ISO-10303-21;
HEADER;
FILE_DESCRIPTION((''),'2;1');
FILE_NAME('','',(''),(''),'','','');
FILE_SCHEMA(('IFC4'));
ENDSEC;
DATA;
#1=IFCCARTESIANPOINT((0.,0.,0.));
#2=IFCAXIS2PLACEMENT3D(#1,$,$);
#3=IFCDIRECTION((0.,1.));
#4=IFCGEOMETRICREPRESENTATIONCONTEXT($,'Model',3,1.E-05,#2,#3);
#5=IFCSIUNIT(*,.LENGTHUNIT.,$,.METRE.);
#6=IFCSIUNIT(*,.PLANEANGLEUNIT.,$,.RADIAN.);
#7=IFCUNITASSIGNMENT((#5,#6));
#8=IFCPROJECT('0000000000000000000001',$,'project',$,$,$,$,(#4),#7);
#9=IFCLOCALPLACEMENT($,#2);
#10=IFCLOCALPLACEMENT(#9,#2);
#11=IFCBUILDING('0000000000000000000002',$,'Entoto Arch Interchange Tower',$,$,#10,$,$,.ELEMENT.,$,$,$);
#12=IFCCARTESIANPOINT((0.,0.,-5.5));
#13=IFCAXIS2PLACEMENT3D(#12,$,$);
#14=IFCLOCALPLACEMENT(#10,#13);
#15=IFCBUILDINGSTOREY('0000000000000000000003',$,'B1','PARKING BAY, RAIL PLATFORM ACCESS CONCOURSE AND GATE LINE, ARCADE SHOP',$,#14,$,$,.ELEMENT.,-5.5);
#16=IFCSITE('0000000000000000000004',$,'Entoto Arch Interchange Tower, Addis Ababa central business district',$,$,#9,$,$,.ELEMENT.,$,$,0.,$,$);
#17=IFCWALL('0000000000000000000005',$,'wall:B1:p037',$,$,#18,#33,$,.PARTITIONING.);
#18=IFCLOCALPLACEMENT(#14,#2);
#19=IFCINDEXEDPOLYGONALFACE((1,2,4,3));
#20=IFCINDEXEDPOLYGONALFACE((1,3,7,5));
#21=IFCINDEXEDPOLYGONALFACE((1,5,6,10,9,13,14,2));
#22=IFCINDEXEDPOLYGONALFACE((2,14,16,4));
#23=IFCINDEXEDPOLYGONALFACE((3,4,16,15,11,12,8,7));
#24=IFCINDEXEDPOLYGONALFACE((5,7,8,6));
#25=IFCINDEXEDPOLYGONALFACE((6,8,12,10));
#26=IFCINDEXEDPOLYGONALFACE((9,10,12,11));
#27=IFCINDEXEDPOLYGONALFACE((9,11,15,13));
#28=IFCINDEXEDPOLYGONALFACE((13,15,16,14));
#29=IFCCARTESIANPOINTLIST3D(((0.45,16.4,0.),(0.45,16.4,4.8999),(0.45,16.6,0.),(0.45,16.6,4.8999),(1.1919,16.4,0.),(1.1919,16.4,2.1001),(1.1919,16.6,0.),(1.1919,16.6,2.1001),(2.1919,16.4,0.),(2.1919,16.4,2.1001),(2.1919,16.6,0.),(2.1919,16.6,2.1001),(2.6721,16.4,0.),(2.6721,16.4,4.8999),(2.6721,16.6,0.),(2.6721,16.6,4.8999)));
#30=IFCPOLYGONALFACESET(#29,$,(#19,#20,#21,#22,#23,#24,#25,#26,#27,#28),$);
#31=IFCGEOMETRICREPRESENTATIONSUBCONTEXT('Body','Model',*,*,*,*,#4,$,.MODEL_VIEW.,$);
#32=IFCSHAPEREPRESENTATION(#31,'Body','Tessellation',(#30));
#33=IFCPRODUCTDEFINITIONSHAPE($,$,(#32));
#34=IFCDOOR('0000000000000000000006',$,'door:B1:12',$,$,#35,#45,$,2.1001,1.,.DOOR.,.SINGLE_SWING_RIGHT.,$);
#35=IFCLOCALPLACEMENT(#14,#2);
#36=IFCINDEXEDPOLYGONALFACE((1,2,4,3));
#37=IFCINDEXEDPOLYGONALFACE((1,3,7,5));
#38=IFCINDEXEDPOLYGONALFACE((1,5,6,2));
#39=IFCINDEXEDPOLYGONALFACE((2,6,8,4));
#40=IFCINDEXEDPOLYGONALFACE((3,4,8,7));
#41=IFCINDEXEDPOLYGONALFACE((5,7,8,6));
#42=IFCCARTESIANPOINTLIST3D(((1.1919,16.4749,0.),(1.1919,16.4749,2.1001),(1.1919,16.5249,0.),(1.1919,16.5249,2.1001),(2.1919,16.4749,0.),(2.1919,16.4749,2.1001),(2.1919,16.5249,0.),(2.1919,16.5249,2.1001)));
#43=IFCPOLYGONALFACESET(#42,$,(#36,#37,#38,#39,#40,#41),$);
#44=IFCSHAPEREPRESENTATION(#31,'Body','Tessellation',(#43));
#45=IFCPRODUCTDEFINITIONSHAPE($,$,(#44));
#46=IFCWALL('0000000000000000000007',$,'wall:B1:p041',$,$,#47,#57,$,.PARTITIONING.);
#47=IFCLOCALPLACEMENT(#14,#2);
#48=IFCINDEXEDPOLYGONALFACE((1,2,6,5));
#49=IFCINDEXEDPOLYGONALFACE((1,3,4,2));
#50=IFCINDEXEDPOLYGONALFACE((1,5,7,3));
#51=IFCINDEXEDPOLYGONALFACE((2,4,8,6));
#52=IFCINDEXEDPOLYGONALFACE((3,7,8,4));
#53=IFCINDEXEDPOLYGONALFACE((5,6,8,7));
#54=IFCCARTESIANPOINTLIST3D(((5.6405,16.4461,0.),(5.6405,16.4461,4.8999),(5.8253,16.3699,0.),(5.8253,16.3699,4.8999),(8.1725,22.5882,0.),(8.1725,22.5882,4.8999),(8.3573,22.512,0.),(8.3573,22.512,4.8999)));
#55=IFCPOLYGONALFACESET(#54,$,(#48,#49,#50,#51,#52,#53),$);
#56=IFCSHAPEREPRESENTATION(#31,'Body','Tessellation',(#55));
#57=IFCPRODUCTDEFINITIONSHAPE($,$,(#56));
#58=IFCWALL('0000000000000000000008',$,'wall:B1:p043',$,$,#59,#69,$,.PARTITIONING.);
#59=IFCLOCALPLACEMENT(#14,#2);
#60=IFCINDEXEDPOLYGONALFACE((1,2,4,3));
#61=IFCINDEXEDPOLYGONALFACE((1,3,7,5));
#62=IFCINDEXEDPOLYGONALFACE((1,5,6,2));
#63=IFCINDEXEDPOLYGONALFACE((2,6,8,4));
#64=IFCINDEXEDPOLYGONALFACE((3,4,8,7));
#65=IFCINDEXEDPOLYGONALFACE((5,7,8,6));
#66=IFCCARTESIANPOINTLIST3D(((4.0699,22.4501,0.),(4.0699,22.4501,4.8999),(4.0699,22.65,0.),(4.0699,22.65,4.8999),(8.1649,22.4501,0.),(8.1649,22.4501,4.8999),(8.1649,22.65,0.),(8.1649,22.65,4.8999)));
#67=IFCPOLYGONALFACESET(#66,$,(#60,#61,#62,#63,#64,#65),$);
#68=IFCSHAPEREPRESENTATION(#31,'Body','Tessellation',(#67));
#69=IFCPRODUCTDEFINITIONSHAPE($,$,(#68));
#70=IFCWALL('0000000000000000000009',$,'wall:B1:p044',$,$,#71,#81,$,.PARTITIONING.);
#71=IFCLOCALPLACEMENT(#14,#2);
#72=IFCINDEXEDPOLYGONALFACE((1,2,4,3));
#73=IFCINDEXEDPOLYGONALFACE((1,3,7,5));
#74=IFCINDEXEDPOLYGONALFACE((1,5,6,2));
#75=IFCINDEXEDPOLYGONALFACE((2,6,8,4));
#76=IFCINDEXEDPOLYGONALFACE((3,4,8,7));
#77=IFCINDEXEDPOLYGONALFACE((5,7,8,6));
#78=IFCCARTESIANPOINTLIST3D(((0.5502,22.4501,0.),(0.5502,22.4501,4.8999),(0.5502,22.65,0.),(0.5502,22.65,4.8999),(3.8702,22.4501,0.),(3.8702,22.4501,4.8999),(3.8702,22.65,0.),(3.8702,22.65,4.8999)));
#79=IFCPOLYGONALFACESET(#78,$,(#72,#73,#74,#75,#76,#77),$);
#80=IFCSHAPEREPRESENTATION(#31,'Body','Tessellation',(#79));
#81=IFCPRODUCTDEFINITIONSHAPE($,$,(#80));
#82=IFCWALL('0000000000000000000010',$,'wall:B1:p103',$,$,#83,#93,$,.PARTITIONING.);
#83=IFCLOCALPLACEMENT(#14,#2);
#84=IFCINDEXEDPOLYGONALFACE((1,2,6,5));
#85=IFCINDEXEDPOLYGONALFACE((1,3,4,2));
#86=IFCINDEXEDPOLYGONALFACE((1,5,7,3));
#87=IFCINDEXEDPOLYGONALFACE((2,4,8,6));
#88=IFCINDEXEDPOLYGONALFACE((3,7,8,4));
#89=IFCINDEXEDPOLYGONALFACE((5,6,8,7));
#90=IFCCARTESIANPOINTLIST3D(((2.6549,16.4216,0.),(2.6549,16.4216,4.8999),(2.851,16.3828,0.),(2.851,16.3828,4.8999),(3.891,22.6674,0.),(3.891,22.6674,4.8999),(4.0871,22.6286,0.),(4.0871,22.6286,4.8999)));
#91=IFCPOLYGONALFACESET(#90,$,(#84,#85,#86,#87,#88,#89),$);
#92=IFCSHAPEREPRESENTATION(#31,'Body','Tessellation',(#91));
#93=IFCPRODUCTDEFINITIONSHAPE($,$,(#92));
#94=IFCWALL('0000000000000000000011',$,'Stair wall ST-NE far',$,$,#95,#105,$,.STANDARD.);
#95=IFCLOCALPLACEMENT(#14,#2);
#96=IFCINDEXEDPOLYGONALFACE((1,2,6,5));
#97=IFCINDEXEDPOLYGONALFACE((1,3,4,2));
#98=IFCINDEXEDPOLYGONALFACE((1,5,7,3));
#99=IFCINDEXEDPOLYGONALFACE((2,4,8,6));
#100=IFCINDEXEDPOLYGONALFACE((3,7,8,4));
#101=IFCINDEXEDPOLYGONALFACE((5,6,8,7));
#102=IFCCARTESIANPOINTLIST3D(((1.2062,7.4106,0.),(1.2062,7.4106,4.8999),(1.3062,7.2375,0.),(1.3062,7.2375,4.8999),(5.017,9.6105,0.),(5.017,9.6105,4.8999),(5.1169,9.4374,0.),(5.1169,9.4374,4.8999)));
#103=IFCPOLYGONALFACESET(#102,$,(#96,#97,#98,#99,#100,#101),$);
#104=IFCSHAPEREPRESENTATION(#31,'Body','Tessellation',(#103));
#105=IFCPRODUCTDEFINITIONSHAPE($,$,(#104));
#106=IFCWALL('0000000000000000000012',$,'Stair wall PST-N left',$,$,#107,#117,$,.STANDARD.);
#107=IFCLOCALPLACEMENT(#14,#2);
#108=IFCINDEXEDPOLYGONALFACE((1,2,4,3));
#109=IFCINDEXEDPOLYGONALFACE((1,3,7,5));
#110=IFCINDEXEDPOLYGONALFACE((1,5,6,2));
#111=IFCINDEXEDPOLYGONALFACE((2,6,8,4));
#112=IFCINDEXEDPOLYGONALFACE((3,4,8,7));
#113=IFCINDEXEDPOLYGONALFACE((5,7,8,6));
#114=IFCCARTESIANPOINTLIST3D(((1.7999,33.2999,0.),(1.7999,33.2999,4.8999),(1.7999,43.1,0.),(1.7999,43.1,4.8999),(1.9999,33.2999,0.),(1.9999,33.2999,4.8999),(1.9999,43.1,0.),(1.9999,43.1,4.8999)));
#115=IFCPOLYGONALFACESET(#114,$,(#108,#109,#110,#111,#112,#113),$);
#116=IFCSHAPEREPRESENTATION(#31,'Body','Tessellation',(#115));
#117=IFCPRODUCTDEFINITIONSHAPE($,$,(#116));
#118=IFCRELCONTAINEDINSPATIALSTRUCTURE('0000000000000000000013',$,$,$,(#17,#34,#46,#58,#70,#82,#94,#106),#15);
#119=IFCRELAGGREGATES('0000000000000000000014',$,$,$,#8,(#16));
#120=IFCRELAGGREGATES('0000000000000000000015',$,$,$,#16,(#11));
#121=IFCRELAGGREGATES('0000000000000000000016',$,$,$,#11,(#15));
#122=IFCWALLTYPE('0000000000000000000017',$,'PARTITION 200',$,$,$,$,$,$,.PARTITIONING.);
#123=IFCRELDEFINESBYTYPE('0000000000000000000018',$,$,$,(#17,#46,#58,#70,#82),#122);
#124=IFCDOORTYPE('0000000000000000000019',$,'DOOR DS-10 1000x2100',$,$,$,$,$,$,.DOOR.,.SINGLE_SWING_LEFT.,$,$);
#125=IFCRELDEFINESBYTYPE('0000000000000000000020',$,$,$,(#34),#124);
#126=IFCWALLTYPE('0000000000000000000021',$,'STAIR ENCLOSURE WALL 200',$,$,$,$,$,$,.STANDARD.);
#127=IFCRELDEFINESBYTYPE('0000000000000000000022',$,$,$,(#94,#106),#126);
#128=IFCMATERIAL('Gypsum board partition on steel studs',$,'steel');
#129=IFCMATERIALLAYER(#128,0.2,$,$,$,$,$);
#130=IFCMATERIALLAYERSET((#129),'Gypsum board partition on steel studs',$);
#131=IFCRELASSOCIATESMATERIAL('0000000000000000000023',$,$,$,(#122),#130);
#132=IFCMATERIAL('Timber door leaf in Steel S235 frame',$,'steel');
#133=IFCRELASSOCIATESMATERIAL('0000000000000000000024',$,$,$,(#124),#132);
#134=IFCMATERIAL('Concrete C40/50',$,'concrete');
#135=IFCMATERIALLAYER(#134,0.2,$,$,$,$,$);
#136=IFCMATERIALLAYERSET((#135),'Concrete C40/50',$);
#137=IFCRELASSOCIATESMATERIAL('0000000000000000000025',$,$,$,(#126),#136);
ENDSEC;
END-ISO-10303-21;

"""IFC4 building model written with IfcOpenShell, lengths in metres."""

from ifc_helpers import new_model, si_unit, direction, frame, frame_2d, origin, place, context, subcontext, project, spatial, rectangle, extrude, material, layer, layer_set, type_object, element, fill, save


model = new_model("IFC4")

# Units and contexts
model_context = context("Model", 3, precision=1e-05, world=origin(), true_north=direction((0.0, 1.0)))
body_context = subcontext(model_context, "Body", "Model", "MODEL_VIEW")
ifc_project = project(units=[si_unit("LENGTHUNIT", "METRE"), si_unit("PLANEANGLEUNIT", "RADIAN")], contexts=[model_context])

# Site, building, storey
site_placement = place(None, origin())
site = spatial("IfcSite", under=ifc_project, at=site_placement, Name="Entoto Arch Interchange Tower, Addis Ababa central business district", CompositionType="ELEMENT", RefElevation=0.0)
building_placement = place(site_placement, origin())
building = spatial("IfcBuilding", under=site, at=building_placement, Name="Entoto Arch Interchange Tower", CompositionType="ELEMENT")
storey_placement = place(building_placement, frame((0.0, 0.0, -5.5)))
storey = spatial("IfcBuildingStorey", under=building, at=storey_placement, Name="B1", Description="PARKING BAY, RAIL PLATFORM ACCESS CONCOURSE AND GATE LINE, ARCADE SHOP", CompositionType="ELEMENT", Elevation=-5.5)

# Shared definitions
ifc_material_1 = material(Name="Concrete C40/50", Category="concrete")

# Shared definitions
ifc_material_2 = material(Name="Gypsum board partition on steel studs", Category="steel")
ifc_layer_1 = layer(ifc_material_2, 0.2)
ifc_layer_set_1 = layer_set([ifc_layer_1], Name="Gypsum board partition on steel studs")
wall_type_1 = type_object("IfcWallType", Name="PARTITION 200", PredefinedType="PARTITIONING", material=ifc_layer_set_1)

# Wall, opening, door
ifc_material_3 = material(Name="Timber door leaf in Steel S235 frame", Category="steel")
door_type_1 = type_object("IfcDoorType", Name="DOOR DS-10 1000x2100", OperationType="SINGLE_SWING_LEFT", PredefinedType="DOOR", material=ifc_material_3)
wall_1_placement = place(storey_placement, frame((0.45, 16.5, 0.0), z_axis=(0.0, 0.0, 1.0), x_axis=(1.0, 0.0, 0.0)))
wall_1 = element("IfcWall", 1, at=wall_1_placement, inside=storey, type_object=wall_type_1, Name="wall:B1:p037", PredefinedType="PARTITIONING", context=body_context, shape_type="SweptSolid", body=[
    extrude(rectangle(XDim=2.2222, YDim=0.2, at=frame_2d((1.1111, 0.0))), origin(), (0.0, 0.0, 1.0), 4.8999),
])
opening_1_placement = place(wall_1_placement, frame((0.7419, 0.0, 0.0)))
opening_1 = element("IfcOpeningElement", 2, at=opening_1_placement, cuts=wall_1, PredefinedType="OPENING", context=body_context, shape_type="SweptSolid", body=[
    extrude(rectangle(XDim=1.0, YDim=2.1001, at=frame_2d((0.5, 1.05))), frame((0.0, 0.1099, 0.0), z_axis=(0.0, -1.0, 0.0), x_axis=(1.0, 0.0, 0.0)), (0.0, 0.0, 1.0), 0.22),
])
door_1_placement = place(opening_1_placement, origin())
door_1 = element("IfcDoor", 3, at=door_1_placement, inside=storey, type_object=door_type_1, Name="door:B1:12", OperationType="SINGLE_SWING_RIGHT", OverallHeight=2.1001, OverallWidth=1.0, PredefinedType="DOOR", context=body_context, shape_type="SweptSolid", body=[
    extrude(rectangle(XDim=1.0, YDim=2.1001, at=frame_2d((0.5, 1.05))), frame((0.0, 0.0249, 0.0), z_axis=(0.0, -1.0, 0.0), x_axis=(1.0, 0.0, 0.0)), (0.0, 0.0, 1.0), 0.05),
])
fill(opening_1, door_1)

# Walls
wall_2_placement = place(storey_placement, frame((5.7329, 16.408, 0.0), z_axis=(0.0, 0.0, 1.0), x_axis=(0.381121, 0.924525, 0.0)))
element("IfcWall", 4, at=wall_2_placement, inside=storey, type_object=wall_type_1, Name="wall:B1:p041", PredefinedType="PARTITIONING", context=body_context, shape_type="SweptSolid", body=[
    extrude(rectangle(XDim=6.6436, YDim=0.2, at=frame_2d((3.3218, 0.0))), origin(), (0.0, 0.0, 1.0), 4.8999),
])
wall_3_placement = place(storey_placement, frame((4.0701, 22.55, 0.0), z_axis=(0.0, 0.0, 1.0), x_axis=(1.0, 0.0, 0.0)))
element("IfcWall", 5, at=wall_3_placement, inside=storey, type_object=wall_type_1, Name="wall:B1:p043", PredefinedType="PARTITIONING", context=body_context, shape_type="SweptSolid", body=[
    extrude(rectangle(XDim=4.095, YDim=0.2, at=frame_2d((2.0474, 0.0))), origin(), (0.0, 0.0, 1.0), 4.8999),
])
wall_4_placement = place(storey_placement, frame((0.55, 22.55, 0.0), z_axis=(0.0, 0.0, 1.0), x_axis=(1.0, 0.0, 0.0)))
element("IfcWall", 6, at=wall_4_placement, inside=storey, type_object=wall_type_1, Name="wall:B1:p044", PredefinedType="PARTITIONING", context=body_context, shape_type="SweptSolid", body=[
    extrude(rectangle(XDim=3.3201, YDim=0.2, at=frame_2d((1.6602, 0.0))), origin(), (0.0, 0.0, 1.0), 4.8999),
])
wall_5_placement = place(storey_placement, frame((2.7529, 16.4021, 0.0), z_axis=(0.0, 0.0, 1.0), x_axis=(0.19414, 0.980974, 0.0)))
element("IfcWall", 7, at=wall_5_placement, inside=storey, type_object=wall_type_1, Name="wall:B1:p103", PredefinedType="PARTITIONING", context=body_context, shape_type="SweptSolid", body=[
    extrude(rectangle(XDim=6.3669, YDim=0.2, at=frame_2d((3.1836, 0.0))), origin(), (0.0, 0.0, 1.0), 4.8999),
])
ifc_layer_2 = layer(ifc_material_1, 0.2)
ifc_layer_set_2 = layer_set([ifc_layer_2], Name="Concrete C40/50")
wall_type_2 = type_object("IfcWallType", Name="STAIR ENCLOSURE WALL 200", PredefinedType="STANDARD", material=ifc_layer_set_2)
wall_6_placement = place(storey_placement, frame((1.2561, 7.324, 0.0), z_axis=(0.0, 0.0, 1.0), x_axis=(0.866046, 0.499964, 0.0)))
element("IfcWall", 8, at=wall_6_placement, inside=storey, type_object=wall_type_2, Name="Stair wall ST-NE far", PredefinedType="STANDARD", context=body_context, shape_type="SweptSolid", body=[
    extrude(rectangle(XDim=4.4001, YDim=0.2, at=frame_2d((2.2002, 0.0))), origin(), (0.0, 0.0, 1.0), 4.8999),
])
wall_7_placement = place(storey_placement, frame((1.8999, 33.3, 0.0), z_axis=(0.0, 0.0, 1.0), x_axis=(0.0, 1.0, 0.0)))
element("IfcWall", 9, at=wall_7_placement, inside=storey, type_object=wall_type_2, Name="Stair wall PST-N left", PredefinedType="STANDARD", context=body_context, shape_type="SweptSolid", body=[
    extrude(rectangle(XDim=9.8, YDim=0.2, at=frame_2d((4.8999, 0.0))), origin(), (0.0, 0.0, 1.0), 4.8999),
])

save(model, "model.ifc")
